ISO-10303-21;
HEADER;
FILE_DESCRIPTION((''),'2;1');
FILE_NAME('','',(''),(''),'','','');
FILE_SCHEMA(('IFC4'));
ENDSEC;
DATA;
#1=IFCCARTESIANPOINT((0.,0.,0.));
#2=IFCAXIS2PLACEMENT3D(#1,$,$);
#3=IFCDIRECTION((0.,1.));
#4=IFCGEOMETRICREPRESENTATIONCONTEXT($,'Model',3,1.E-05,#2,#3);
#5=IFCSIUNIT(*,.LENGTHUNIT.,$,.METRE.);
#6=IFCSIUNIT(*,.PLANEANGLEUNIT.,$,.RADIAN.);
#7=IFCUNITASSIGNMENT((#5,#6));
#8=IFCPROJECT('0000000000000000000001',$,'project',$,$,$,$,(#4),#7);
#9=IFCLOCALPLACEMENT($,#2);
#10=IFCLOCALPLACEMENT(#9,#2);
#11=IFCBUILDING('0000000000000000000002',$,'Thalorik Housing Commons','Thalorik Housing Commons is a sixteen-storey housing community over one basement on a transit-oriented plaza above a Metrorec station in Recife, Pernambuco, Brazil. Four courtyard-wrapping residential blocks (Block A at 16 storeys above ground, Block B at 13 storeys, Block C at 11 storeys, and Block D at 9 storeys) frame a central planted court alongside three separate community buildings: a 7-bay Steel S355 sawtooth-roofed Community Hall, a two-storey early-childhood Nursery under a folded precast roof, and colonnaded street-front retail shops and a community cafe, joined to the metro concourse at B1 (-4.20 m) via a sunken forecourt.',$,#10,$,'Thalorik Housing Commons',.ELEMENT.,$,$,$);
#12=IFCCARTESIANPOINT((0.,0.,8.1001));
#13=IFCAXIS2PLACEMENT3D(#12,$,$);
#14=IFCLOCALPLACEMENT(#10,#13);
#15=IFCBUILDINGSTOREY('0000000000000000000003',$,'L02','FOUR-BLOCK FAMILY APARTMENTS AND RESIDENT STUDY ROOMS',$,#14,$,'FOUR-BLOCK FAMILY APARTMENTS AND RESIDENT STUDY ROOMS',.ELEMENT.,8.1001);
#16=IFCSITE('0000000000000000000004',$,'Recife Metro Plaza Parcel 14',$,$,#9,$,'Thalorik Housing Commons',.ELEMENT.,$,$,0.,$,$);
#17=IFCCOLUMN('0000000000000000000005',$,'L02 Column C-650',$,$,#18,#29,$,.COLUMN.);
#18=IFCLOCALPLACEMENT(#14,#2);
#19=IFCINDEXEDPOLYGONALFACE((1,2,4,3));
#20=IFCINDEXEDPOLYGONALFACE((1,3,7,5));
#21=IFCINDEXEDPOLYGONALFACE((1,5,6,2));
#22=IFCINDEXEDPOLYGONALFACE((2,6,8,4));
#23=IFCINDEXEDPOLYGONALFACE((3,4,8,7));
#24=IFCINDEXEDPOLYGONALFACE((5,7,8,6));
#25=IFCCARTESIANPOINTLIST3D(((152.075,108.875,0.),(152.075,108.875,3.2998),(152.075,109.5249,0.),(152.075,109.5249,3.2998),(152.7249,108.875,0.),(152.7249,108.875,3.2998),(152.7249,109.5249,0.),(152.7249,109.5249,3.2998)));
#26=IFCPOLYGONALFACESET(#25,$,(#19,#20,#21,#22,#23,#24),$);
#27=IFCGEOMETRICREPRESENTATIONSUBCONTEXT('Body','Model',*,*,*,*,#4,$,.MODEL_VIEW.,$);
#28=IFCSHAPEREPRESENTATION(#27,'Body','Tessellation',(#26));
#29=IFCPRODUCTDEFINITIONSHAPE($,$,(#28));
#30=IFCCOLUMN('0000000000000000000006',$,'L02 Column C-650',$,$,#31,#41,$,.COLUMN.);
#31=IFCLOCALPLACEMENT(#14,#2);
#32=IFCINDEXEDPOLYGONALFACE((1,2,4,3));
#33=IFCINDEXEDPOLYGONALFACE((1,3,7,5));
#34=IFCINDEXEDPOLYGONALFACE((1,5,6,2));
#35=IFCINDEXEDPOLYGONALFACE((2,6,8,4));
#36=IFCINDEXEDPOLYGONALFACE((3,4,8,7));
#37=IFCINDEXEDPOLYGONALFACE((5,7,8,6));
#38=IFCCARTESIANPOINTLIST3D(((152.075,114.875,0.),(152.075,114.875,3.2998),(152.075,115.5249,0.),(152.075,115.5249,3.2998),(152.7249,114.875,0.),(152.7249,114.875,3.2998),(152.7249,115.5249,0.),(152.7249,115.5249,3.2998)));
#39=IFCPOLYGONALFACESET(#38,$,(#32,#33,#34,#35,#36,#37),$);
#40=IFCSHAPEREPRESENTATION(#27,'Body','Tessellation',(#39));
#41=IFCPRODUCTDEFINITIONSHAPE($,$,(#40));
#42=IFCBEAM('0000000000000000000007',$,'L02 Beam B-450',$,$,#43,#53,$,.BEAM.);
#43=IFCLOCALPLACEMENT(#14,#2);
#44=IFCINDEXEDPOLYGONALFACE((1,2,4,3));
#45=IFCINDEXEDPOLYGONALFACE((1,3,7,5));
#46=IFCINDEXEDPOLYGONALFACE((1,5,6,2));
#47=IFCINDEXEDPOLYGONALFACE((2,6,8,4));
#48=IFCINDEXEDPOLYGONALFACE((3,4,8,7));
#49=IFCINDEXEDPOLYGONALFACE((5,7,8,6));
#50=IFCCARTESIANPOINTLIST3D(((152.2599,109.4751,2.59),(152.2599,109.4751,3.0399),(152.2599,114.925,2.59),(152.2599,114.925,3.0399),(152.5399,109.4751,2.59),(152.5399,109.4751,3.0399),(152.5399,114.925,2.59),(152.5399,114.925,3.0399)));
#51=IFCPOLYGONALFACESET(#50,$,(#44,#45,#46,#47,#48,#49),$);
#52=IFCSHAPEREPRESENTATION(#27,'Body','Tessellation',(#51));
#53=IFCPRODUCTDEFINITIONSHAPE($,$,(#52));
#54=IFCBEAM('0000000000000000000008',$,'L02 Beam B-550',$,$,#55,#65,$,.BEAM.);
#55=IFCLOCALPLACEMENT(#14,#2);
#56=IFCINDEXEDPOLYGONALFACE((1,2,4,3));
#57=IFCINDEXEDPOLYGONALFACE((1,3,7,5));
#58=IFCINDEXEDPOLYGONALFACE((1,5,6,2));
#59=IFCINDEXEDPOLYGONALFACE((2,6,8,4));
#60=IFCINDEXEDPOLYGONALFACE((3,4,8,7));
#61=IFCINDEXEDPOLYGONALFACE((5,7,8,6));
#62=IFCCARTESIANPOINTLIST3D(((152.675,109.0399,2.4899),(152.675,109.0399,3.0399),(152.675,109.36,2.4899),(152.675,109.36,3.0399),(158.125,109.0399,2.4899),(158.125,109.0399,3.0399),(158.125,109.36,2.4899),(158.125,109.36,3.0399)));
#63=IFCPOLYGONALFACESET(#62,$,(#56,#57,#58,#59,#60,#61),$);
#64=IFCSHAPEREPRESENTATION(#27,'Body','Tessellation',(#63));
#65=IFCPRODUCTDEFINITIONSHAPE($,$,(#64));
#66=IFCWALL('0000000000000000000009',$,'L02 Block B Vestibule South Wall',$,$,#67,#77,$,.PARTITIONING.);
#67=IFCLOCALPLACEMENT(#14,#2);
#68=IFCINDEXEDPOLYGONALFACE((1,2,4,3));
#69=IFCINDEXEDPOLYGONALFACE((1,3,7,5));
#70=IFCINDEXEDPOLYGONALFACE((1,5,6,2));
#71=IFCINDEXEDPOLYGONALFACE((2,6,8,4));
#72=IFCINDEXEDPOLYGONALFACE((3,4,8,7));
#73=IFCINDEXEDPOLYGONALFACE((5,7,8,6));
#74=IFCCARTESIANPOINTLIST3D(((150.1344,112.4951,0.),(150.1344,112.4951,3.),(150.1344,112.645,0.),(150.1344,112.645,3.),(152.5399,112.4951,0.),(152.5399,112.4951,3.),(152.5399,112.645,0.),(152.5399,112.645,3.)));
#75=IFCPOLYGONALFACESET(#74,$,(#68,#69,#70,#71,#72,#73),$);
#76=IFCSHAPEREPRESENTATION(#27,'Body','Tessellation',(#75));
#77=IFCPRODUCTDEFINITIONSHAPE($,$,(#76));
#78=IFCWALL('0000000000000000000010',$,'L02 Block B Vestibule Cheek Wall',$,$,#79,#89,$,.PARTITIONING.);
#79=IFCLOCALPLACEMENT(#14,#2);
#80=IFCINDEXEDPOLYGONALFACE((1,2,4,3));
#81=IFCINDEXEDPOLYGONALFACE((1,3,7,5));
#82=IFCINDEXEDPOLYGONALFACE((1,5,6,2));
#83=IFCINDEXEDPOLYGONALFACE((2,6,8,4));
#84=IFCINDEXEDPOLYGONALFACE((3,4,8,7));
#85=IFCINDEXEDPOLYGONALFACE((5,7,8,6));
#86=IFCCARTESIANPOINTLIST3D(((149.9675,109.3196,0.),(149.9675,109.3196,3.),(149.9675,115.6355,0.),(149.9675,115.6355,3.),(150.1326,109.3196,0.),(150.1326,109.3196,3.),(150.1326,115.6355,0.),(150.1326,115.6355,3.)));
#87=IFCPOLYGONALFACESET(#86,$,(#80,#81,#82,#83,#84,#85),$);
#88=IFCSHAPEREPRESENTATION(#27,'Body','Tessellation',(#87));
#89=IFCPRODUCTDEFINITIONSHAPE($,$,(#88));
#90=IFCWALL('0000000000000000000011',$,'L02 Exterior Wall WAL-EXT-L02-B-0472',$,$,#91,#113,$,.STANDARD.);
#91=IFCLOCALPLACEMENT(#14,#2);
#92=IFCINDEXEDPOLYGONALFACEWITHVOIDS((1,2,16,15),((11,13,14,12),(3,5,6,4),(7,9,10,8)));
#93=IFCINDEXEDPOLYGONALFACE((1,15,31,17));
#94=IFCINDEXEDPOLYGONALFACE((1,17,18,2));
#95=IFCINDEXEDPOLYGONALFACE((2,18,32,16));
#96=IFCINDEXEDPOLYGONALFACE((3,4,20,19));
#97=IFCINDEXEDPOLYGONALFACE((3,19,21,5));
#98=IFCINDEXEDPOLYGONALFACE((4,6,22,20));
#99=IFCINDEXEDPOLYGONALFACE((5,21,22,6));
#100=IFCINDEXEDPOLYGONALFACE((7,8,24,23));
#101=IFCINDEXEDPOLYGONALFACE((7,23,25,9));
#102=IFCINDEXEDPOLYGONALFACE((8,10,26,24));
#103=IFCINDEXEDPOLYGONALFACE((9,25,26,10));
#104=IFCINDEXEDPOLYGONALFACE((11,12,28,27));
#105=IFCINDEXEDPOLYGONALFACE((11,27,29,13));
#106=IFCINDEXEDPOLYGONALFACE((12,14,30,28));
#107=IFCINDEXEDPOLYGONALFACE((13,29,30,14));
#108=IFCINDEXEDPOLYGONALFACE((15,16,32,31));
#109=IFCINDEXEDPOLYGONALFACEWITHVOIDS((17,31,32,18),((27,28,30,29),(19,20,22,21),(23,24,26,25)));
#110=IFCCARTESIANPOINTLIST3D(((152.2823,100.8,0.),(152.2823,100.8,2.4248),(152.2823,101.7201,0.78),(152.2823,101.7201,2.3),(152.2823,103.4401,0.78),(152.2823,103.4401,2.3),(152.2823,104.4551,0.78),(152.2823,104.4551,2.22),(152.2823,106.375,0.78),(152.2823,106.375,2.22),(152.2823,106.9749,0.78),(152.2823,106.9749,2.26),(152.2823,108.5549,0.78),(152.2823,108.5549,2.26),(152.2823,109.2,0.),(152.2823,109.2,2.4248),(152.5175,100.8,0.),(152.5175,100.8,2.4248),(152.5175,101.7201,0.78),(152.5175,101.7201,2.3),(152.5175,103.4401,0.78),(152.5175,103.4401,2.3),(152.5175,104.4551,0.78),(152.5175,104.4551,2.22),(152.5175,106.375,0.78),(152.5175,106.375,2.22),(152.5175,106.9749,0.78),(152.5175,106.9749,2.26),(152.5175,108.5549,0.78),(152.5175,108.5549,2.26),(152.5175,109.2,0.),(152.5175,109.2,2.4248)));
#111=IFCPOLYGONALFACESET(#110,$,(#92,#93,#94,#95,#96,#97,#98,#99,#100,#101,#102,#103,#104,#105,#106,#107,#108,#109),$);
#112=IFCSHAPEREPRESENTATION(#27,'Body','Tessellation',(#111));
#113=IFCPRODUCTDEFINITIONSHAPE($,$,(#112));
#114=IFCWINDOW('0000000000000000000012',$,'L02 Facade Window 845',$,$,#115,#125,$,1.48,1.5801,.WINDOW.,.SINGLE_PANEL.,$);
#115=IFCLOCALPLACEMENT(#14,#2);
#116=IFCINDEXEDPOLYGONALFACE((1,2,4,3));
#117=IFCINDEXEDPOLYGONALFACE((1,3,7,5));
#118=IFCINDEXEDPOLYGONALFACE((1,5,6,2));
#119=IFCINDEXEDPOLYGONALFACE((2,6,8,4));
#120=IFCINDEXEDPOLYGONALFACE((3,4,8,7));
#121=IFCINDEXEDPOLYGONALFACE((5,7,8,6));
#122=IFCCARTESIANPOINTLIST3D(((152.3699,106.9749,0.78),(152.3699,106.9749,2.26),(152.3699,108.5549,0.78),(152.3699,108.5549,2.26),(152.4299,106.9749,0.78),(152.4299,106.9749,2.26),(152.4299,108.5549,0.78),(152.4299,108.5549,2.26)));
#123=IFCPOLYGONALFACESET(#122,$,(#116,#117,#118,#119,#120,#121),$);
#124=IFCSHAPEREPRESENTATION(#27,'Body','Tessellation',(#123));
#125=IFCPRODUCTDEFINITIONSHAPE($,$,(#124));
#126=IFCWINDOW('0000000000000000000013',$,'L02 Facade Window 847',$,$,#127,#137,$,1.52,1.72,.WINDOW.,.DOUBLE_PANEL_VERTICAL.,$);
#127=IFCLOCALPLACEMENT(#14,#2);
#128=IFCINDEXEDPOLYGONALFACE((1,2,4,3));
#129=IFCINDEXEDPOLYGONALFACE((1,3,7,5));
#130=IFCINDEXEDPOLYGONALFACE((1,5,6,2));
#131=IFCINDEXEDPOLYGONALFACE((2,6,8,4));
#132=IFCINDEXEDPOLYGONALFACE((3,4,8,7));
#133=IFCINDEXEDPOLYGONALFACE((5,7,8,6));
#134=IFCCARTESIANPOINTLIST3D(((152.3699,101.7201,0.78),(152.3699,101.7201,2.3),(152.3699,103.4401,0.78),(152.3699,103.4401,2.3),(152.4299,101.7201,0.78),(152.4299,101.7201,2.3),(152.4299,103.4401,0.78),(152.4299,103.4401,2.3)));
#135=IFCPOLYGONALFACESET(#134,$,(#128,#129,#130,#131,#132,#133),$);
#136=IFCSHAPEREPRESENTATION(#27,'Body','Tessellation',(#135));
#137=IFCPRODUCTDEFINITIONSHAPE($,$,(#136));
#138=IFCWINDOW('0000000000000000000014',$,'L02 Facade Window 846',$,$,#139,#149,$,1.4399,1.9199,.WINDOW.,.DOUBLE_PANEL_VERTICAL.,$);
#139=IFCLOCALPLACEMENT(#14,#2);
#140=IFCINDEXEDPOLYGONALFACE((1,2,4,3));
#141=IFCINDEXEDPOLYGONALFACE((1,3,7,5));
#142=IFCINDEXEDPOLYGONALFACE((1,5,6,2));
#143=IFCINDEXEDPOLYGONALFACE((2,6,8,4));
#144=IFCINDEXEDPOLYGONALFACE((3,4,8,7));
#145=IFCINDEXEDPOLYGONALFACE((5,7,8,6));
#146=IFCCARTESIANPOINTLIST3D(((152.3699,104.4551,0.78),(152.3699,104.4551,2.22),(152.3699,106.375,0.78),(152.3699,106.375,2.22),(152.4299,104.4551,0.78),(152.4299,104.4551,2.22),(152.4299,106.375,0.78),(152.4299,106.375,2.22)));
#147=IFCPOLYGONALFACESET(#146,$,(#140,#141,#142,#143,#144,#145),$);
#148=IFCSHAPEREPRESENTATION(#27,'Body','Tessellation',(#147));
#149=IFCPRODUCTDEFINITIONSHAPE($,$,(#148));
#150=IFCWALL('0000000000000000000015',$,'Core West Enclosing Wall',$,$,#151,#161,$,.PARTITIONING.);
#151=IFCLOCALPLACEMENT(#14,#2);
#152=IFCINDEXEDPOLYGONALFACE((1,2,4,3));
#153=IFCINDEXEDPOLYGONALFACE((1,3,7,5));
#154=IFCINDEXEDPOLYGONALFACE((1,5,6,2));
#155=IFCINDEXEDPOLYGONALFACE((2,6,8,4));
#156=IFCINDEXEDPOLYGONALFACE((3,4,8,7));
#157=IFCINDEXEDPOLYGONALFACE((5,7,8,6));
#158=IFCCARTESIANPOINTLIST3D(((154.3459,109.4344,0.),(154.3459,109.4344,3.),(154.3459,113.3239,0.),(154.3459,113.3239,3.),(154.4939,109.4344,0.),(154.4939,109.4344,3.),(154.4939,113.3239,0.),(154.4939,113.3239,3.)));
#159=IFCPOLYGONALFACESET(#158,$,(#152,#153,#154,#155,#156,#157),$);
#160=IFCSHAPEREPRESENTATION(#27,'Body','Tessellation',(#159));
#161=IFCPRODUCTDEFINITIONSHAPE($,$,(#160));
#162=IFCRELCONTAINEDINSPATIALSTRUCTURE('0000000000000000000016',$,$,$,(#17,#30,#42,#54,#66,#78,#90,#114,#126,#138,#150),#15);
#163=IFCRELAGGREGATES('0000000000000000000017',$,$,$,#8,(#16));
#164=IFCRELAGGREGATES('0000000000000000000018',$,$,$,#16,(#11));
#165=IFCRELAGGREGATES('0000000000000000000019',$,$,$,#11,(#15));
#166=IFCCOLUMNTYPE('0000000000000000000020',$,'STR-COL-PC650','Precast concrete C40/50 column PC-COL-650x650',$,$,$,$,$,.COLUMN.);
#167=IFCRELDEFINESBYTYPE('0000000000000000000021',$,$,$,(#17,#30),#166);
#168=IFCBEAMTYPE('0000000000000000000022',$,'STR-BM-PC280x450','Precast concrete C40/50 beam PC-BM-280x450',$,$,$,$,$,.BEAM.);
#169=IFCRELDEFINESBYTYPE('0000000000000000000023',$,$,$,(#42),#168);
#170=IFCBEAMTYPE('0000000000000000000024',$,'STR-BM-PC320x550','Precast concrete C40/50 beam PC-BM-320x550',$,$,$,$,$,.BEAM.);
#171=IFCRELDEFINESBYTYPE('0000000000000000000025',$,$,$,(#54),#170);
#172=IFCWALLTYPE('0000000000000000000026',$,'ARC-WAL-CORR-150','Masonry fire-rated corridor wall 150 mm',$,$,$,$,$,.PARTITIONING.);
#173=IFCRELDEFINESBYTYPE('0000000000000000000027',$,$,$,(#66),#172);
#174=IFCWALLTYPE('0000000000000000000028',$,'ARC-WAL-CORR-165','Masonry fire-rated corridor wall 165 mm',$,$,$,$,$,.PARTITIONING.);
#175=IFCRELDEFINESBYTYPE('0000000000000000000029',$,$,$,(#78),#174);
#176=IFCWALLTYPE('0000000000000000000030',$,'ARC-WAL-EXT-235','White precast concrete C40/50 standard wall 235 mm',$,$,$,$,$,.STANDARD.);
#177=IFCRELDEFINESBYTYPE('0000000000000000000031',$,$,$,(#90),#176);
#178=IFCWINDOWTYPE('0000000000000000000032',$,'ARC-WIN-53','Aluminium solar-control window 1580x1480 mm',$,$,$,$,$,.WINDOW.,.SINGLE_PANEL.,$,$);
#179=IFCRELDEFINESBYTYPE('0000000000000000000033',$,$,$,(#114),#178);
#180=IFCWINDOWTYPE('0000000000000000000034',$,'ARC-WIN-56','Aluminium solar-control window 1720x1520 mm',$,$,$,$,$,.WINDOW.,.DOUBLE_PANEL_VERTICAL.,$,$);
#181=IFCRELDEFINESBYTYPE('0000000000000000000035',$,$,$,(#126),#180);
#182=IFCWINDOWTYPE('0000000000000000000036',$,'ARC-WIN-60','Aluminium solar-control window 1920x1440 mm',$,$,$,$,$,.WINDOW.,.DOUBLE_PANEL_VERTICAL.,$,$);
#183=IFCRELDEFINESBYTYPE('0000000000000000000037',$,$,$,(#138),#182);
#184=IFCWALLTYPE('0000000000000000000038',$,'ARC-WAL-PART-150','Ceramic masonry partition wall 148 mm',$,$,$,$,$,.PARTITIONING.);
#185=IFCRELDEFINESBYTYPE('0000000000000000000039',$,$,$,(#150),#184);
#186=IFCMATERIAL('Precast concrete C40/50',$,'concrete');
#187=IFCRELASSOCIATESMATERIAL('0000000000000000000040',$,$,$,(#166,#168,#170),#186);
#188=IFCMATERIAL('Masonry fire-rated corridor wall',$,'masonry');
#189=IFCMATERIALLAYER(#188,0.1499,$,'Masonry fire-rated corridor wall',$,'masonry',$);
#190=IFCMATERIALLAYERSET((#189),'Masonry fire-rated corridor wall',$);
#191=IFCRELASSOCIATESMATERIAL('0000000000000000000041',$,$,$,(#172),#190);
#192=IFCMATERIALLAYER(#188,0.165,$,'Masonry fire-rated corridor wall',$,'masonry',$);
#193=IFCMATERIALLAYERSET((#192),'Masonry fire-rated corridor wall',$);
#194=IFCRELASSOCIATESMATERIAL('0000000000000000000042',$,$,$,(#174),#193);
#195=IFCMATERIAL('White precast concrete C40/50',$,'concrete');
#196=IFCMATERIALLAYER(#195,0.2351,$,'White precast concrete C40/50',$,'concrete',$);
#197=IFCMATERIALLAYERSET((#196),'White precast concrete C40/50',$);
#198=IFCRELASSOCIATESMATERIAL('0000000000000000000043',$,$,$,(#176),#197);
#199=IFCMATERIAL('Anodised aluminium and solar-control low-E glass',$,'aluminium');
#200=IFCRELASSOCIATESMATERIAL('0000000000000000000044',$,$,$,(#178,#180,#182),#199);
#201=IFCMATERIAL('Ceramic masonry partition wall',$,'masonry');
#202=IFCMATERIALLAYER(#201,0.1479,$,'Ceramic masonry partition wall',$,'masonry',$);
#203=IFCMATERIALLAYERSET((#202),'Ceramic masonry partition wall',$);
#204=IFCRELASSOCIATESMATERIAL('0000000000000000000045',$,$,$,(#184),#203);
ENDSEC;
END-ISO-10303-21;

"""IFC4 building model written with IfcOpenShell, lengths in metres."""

from ifc_helpers import new_model, si_unit, direction, frame, frame_2d, origin, origin_2d, place, context, subcontext, project, spatial, rectangle, extrude, material, layer, layer_set, material_profile, profile_set, type_object, element, fill, save


model = new_model("IFC4")

# Units and contexts
model_context = context("Model", 3, precision=1e-05, world=origin(), true_north=direction((0.0, 1.0)))
body_context = subcontext(model_context, "Body", "Model", "MODEL_VIEW")
ifc_project = project(units=[si_unit("LENGTHUNIT", "METRE"), si_unit("PLANEANGLEUNIT", "RADIAN")], contexts=[model_context])

# Site, building, storey
site_placement = place(None, origin())
site = spatial("IfcSite", under=ifc_project, at=site_placement, Name="Recife Metro Plaza Parcel 14", LongName="Thalorik Housing Commons", CompositionType="ELEMENT", RefElevation=0.0)
building_placement = place(site_placement, origin())
building = spatial("IfcBuilding", under=site, at=building_placement, Name="Thalorik Housing Commons", Description="Thalorik Housing Commons is a sixteen-storey housing community over one basement on a transit-oriented plaza above a Metrorec station in Recife, Pernambuco, Brazil. Four courtyard-wrapping residential blocks (Block A at 16 storeys above ground, Block B at 13 storeys, Block C at 11 storeys, and Block D at 9 storeys) frame a central planted court alongside three separate community buildings: a 7-bay Steel S355 sawtooth-roofed Community Hall, a two-storey early-childhood Nursery under a folded precast roof, and colonnaded street-front retail shops and a community cafe, joined to the metro concourse at B1 (-4.20 m) via a sunken forecourt.", LongName="Thalorik Housing Commons", CompositionType="ELEMENT")
storey_placement = place(building_placement, frame((0.0, 0.0, 8.1001)))
storey = spatial("IfcBuildingStorey", under=building, at=storey_placement, Name="L02", Description="FOUR-BLOCK FAMILY APARTMENTS AND RESIDENT STUDY ROOMS", LongName="FOUR-BLOCK FAMILY APARTMENTS AND RESIDENT STUDY ROOMS", CompositionType="ELEMENT", Elevation=8.1001)

# Columns
ifc_material_1 = material(Name="Precast concrete C40/50", Category="concrete")
ifc_material_profile_1 = material_profile(ifc_material_1, rectangle(XDim=0.6499, YDim=0.6499, at=origin_2d()), Name="PC 650x650", Category="concrete")
ifc_profile_set_1 = profile_set([ifc_material_profile_1], Name="Precast concrete C40/50")
column_type = type_object("IfcColumnType", Name="STR-COL-PC650", Description="Precast concrete C40/50 column PC-COL-650x650", PredefinedType="COLUMN", material=ifc_profile_set_1)
for number, where, z_axis, x_axis, name in (
    (1, (152.3999, 109.2, 0.0), (0.0, 0.0, 1.0), (1.0, 0.0, 0.0), "L02 Column C-650"),
    (2, (152.3999, 115.2, 0.0), (0.0, 0.0, 1.0), (1.0, 0.0, 0.0), "L02 Column C-650"),
):
    element("IfcColumn", number, at=place(storey_placement, frame(where, z_axis=z_axis, x_axis=x_axis)), inside=storey, type_object=column_type, Name=name, PredefinedType="COLUMN", context=body_context, shape_type="SweptSolid", body=[
        extrude(rectangle(XDim=0.6499, YDim=0.6499, at=origin_2d()), origin(), (0.0, 0.0, 1.0), 3.2998),
    ])

# Beams
ifc_material_profile_2 = material_profile(ifc_material_1, rectangle(XDim=0.28, YDim=0.45, at=origin_2d()), Name="PC 280x450", Category="concrete")
ifc_profile_set_2 = profile_set([ifc_material_profile_2], Name="Precast concrete C40/50")
beam_type_1 = type_object("IfcBeamType", Name="STR-BM-PC280x450", Description="Precast concrete C40/50 beam PC-BM-280x450", PredefinedType="BEAM", material=ifc_profile_set_2)
beam_1_placement = place(storey_placement, frame((152.3999, 109.4751, 2.8149), z_axis=(0.0, 1.0, 0.0), x_axis=(-1.0, 0.0, 0.0)))
element("IfcBeam", 3, at=beam_1_placement, inside=storey, type_object=beam_type_1, Name="L02 Beam B-450", PredefinedType="BEAM", context=body_context, shape_type="SweptSolid", body=[
    extrude(rectangle(XDim=0.28, YDim=0.45, at=origin_2d()), origin(), (0.0, 0.0, 1.0), 5.45),
])
ifc_material_profile_3 = material_profile(ifc_material_1, rectangle(XDim=0.3201, YDim=0.55, at=origin_2d()), Name="PC 320x550", Category="concrete")
ifc_profile_set_3 = profile_set([ifc_material_profile_3], Name="Precast concrete C40/50")
beam_type_2 = type_object("IfcBeamType", Name="STR-BM-PC320x550", Description="Precast concrete C40/50 beam PC-BM-320x550", PredefinedType="BEAM", material=ifc_profile_set_3)
beam_2_placement = place(storey_placement, frame((152.675, 109.2, 2.7649), z_axis=(1.0, 0.0, 0.0), x_axis=(0.0, 1.0, 0.0)))
element("IfcBeam", 4, at=beam_2_placement, inside=storey, type_object=beam_type_2, Name="L02 Beam B-550", PredefinedType="BEAM", context=body_context, shape_type="SweptSolid", body=[
    extrude(rectangle(XDim=0.3201, YDim=0.55, at=origin_2d()), origin(), (0.0, 0.0, 1.0), 5.45),
])

# Walls
ifc_material_2 = material(Name="Masonry fire-rated corridor wall", Category="masonry")
ifc_layer_1 = layer(ifc_material_2, 0.1499, Name="Masonry fire-rated corridor wall", Category="masonry")
ifc_layer_set_1 = layer_set([ifc_layer_1], Name="Masonry fire-rated corridor wall")
wall_type_1 = type_object("IfcWallType", Name="ARC-WAL-CORR-150", Description="Masonry fire-rated corridor wall 150 mm", PredefinedType="PARTITIONING", material=ifc_layer_set_1)
wall_1_placement = place(storey_placement, frame((150.1345, 112.5701, 0.0), z_axis=(0.0, 0.0, 1.0), x_axis=(1.0, 0.0, 0.0)))
element("IfcWall", 5, at=wall_1_placement, inside=storey, type_object=wall_type_1, Name="L02 Block B Vestibule South Wall", PredefinedType="PARTITIONING", context=body_context, shape_type="SweptSolid", body=[
    extrude(rectangle(XDim=2.4055, YDim=0.1499, at=frame_2d((1.2026, 0.0))), origin(), (0.0, 0.0, 1.0), 3.0),
])
ifc_layer_2 = layer(ifc_material_2, 0.165, Name="Masonry fire-rated corridor wall", Category="masonry")
ifc_layer_set_2 = layer_set([ifc_layer_2], Name="Masonry fire-rated corridor wall")
wall_type_2 = type_object("IfcWallType", Name="ARC-WAL-CORR-165", Description="Masonry fire-rated corridor wall 165 mm", PredefinedType="PARTITIONING", material=ifc_layer_set_2)
wall_2_placement = place(storey_placement, frame((150.05, 109.3196, 0.0), z_axis=(0.0, 0.0, 1.0), x_axis=(0.0, 1.0, 0.0)))
element("IfcWall", 6, at=wall_2_placement, inside=storey, type_object=wall_type_2, Name="L02 Block B Vestibule Cheek Wall", PredefinedType="PARTITIONING", context=body_context, shape_type="SweptSolid", body=[
    extrude(rectangle(XDim=6.3159, YDim=0.165, at=frame_2d((3.158, 0.0))), origin(), (0.0, 0.0, 1.0), 3.0),
])

# Wall, openings, windows
ifc_material_3 = material(Name="White precast concrete C40/50", Category="concrete")
ifc_layer_3 = layer(ifc_material_3, 0.2351, Name="White precast concrete C40/50", Category="concrete")
ifc_layer_set_3 = layer_set([ifc_layer_3], Name="White precast concrete C40/50")
wall_type_3 = type_object("IfcWallType", Name="ARC-WAL-EXT-235", Description="White precast concrete C40/50 standard wall 235 mm", PredefinedType="STANDARD", material=ifc_layer_set_3)
wall_3_placement = place(storey_placement, frame((152.3999, 109.2, 0.0), z_axis=(0.0, 0.0, 1.0), x_axis=(0.0, -1.0, 0.0)))
wall_3 = element("IfcWall", 7, at=wall_3_placement, inside=storey, type_object=wall_type_3, Name="L02 Exterior Wall WAL-EXT-L02-B-0472", PredefinedType="STANDARD", context=body_context, shape_type="SweptSolid", body=[
    extrude(rectangle(XDim=8.3999, YDim=0.2351, at=frame_2d((4.2, 0.0))), origin(), (0.0, 0.0, 1.0), 2.4248),
])
opening_1_placement = place(wall_3_placement, frame((0.645, 0.0, 0.78)))
opening_1 = element("IfcOpeningElement", 8, at=opening_1_placement, cuts=wall_3, PredefinedType="OPENING", context=body_context, shape_type="SweptSolid", body=[
    extrude(rectangle(XDim=1.5801, YDim=1.48, at=frame_2d((0.79, 0.74))), frame((0.0, 0.1274, 0.0), z_axis=(0.0, -1.0, 0.0), x_axis=(1.0, 0.0, 0.0)), (0.0, 0.0, 1.0), 0.2551),
])
opening_2_placement = place(wall_3_placement, frame((2.825, 0.0, 0.78)))
opening_2 = element("IfcOpeningElement", 9, at=opening_2_placement, cuts=wall_3, PredefinedType="OPENING", context=body_context, shape_type="SweptSolid", body=[
    extrude(rectangle(XDim=1.9199, YDim=1.4399, at=frame_2d((0.96, 0.72))), frame((0.0, 0.1274, 0.0), z_axis=(0.0, -1.0, 0.0), x_axis=(1.0, 0.0, 0.0)), (0.0, 0.0, 1.0), 0.2551),
])
opening_3_placement = place(wall_3_placement, frame((5.76, 0.0, 0.78)))
opening_3 = element("IfcOpeningElement", 10, at=opening_3_placement, cuts=wall_3, PredefinedType="OPENING", context=body_context, shape_type="SweptSolid", body=[
    extrude(rectangle(XDim=1.72, YDim=1.52, at=frame_2d((0.8599, 0.76))), frame((0.0, 0.1274, 0.0), z_axis=(0.0, -1.0, 0.0), x_axis=(1.0, 0.0, 0.0)), (0.0, 0.0, 1.0), 0.2551),
])
ifc_material_4 = material(Name="Anodised aluminium and solar-control low-E glass", Category="aluminium")
window_type_1 = type_object("IfcWindowType", Name="ARC-WIN-53", Description="Aluminium solar-control window 1580x1480 mm", PartitioningType="SINGLE_PANEL", PredefinedType="WINDOW", material=ifc_material_4)
window_1_placement = place(opening_1_placement, origin())
window_1 = element("IfcWindow", 11, at=window_1_placement, inside=storey, type_object=window_type_1, Name="L02 Facade Window 845", OverallHeight=1.48, OverallWidth=1.5801, PartitioningType="SINGLE_PANEL", PredefinedType="WINDOW", context=body_context, shape_type="SweptSolid", body=[
    extrude(rectangle(XDim=1.5801, YDim=1.48, at=frame_2d((0.79, 0.74))), frame((0.0, 0.03, 0.0), z_axis=(0.0, -1.0, 0.0), x_axis=(1.0, 0.0, 0.0)), (0.0, 0.0, 1.0), 0.0601),
])
fill(opening_1, window_1)
window_type_2 = type_object("IfcWindowType", Name="ARC-WIN-56", Description="Aluminium solar-control window 1720x1520 mm", PartitioningType="DOUBLE_PANEL_VERTICAL", PredefinedType="WINDOW", material=ifc_material_4)
window_2_placement = place(opening_3_placement, origin())
window_2 = element("IfcWindow", 12, at=window_2_placement, inside=storey, type_object=window_type_2, Name="L02 Facade Window 847", OverallHeight=1.52, OverallWidth=1.72, PartitioningType="DOUBLE_PANEL_VERTICAL", PredefinedType="WINDOW", context=body_context, shape_type="SweptSolid", body=[
    extrude(rectangle(XDim=1.72, YDim=1.52, at=frame_2d((0.8599, 0.76))), frame((0.0, 0.03, 0.0), z_axis=(0.0, -1.0, 0.0), x_axis=(1.0, 0.0, 0.0)), (0.0, 0.0, 1.0), 0.0601),
])
fill(opening_3, window_2)
window_type_3 = type_object("IfcWindowType", Name="ARC-WIN-60", Description="Aluminium solar-control window 1920x1440 mm", PartitioningType="DOUBLE_PANEL_VERTICAL", PredefinedType="WINDOW", material=ifc_material_4)
window_3_placement = place(opening_2_placement, origin())
window_3 = element("IfcWindow", 13, at=window_3_placement, inside=storey, type_object=window_type_3, Name="L02 Facade Window 846", OverallHeight=1.4399, OverallWidth=1.9199, PartitioningType="DOUBLE_PANEL_VERTICAL", PredefinedType="WINDOW", context=body_context, shape_type="SweptSolid", body=[
    extrude(rectangle(XDim=1.9199, YDim=1.4399, at=frame_2d((0.96, 0.72))), frame((0.0, 0.03, 0.0), z_axis=(0.0, -1.0, 0.0), x_axis=(1.0, 0.0, 0.0)), (0.0, 0.0, 1.0), 0.0601),
])
fill(opening_2, window_3)

# Wall
ifc_material_5 = material(Name="Ceramic masonry partition wall", Category="masonry")
ifc_layer_4 = layer(ifc_material_5, 0.1479, Name="Ceramic masonry partition wall", Category="masonry")
ifc_layer_set_4 = layer_set([ifc_layer_4], Name="Ceramic masonry partition wall")
wall_type_4 = type_object("IfcWallType", Name="ARC-WAL-PART-150", Description="Ceramic masonry partition wall 148 mm", PredefinedType="PARTITIONING", material=ifc_layer_set_4)
wall_4_placement = place(storey_placement, frame((154.4199, 113.324, 0.0), z_axis=(0.0, 0.0, 1.0), x_axis=(0.0, -1.0, 0.0)))
element("IfcWall", 14, at=wall_4_placement, inside=storey, type_object=wall_type_4, Name="Core West Enclosing Wall", PredefinedType="PARTITIONING", context=body_context, shape_type="SweptSolid", body=[
    extrude(rectangle(XDim=3.8894, YDim=0.1479, at=frame_2d((1.9448, 0.0))), origin(), (0.0, 0.0, 1.0), 3.0),
])

save(model, "model.ifc")
